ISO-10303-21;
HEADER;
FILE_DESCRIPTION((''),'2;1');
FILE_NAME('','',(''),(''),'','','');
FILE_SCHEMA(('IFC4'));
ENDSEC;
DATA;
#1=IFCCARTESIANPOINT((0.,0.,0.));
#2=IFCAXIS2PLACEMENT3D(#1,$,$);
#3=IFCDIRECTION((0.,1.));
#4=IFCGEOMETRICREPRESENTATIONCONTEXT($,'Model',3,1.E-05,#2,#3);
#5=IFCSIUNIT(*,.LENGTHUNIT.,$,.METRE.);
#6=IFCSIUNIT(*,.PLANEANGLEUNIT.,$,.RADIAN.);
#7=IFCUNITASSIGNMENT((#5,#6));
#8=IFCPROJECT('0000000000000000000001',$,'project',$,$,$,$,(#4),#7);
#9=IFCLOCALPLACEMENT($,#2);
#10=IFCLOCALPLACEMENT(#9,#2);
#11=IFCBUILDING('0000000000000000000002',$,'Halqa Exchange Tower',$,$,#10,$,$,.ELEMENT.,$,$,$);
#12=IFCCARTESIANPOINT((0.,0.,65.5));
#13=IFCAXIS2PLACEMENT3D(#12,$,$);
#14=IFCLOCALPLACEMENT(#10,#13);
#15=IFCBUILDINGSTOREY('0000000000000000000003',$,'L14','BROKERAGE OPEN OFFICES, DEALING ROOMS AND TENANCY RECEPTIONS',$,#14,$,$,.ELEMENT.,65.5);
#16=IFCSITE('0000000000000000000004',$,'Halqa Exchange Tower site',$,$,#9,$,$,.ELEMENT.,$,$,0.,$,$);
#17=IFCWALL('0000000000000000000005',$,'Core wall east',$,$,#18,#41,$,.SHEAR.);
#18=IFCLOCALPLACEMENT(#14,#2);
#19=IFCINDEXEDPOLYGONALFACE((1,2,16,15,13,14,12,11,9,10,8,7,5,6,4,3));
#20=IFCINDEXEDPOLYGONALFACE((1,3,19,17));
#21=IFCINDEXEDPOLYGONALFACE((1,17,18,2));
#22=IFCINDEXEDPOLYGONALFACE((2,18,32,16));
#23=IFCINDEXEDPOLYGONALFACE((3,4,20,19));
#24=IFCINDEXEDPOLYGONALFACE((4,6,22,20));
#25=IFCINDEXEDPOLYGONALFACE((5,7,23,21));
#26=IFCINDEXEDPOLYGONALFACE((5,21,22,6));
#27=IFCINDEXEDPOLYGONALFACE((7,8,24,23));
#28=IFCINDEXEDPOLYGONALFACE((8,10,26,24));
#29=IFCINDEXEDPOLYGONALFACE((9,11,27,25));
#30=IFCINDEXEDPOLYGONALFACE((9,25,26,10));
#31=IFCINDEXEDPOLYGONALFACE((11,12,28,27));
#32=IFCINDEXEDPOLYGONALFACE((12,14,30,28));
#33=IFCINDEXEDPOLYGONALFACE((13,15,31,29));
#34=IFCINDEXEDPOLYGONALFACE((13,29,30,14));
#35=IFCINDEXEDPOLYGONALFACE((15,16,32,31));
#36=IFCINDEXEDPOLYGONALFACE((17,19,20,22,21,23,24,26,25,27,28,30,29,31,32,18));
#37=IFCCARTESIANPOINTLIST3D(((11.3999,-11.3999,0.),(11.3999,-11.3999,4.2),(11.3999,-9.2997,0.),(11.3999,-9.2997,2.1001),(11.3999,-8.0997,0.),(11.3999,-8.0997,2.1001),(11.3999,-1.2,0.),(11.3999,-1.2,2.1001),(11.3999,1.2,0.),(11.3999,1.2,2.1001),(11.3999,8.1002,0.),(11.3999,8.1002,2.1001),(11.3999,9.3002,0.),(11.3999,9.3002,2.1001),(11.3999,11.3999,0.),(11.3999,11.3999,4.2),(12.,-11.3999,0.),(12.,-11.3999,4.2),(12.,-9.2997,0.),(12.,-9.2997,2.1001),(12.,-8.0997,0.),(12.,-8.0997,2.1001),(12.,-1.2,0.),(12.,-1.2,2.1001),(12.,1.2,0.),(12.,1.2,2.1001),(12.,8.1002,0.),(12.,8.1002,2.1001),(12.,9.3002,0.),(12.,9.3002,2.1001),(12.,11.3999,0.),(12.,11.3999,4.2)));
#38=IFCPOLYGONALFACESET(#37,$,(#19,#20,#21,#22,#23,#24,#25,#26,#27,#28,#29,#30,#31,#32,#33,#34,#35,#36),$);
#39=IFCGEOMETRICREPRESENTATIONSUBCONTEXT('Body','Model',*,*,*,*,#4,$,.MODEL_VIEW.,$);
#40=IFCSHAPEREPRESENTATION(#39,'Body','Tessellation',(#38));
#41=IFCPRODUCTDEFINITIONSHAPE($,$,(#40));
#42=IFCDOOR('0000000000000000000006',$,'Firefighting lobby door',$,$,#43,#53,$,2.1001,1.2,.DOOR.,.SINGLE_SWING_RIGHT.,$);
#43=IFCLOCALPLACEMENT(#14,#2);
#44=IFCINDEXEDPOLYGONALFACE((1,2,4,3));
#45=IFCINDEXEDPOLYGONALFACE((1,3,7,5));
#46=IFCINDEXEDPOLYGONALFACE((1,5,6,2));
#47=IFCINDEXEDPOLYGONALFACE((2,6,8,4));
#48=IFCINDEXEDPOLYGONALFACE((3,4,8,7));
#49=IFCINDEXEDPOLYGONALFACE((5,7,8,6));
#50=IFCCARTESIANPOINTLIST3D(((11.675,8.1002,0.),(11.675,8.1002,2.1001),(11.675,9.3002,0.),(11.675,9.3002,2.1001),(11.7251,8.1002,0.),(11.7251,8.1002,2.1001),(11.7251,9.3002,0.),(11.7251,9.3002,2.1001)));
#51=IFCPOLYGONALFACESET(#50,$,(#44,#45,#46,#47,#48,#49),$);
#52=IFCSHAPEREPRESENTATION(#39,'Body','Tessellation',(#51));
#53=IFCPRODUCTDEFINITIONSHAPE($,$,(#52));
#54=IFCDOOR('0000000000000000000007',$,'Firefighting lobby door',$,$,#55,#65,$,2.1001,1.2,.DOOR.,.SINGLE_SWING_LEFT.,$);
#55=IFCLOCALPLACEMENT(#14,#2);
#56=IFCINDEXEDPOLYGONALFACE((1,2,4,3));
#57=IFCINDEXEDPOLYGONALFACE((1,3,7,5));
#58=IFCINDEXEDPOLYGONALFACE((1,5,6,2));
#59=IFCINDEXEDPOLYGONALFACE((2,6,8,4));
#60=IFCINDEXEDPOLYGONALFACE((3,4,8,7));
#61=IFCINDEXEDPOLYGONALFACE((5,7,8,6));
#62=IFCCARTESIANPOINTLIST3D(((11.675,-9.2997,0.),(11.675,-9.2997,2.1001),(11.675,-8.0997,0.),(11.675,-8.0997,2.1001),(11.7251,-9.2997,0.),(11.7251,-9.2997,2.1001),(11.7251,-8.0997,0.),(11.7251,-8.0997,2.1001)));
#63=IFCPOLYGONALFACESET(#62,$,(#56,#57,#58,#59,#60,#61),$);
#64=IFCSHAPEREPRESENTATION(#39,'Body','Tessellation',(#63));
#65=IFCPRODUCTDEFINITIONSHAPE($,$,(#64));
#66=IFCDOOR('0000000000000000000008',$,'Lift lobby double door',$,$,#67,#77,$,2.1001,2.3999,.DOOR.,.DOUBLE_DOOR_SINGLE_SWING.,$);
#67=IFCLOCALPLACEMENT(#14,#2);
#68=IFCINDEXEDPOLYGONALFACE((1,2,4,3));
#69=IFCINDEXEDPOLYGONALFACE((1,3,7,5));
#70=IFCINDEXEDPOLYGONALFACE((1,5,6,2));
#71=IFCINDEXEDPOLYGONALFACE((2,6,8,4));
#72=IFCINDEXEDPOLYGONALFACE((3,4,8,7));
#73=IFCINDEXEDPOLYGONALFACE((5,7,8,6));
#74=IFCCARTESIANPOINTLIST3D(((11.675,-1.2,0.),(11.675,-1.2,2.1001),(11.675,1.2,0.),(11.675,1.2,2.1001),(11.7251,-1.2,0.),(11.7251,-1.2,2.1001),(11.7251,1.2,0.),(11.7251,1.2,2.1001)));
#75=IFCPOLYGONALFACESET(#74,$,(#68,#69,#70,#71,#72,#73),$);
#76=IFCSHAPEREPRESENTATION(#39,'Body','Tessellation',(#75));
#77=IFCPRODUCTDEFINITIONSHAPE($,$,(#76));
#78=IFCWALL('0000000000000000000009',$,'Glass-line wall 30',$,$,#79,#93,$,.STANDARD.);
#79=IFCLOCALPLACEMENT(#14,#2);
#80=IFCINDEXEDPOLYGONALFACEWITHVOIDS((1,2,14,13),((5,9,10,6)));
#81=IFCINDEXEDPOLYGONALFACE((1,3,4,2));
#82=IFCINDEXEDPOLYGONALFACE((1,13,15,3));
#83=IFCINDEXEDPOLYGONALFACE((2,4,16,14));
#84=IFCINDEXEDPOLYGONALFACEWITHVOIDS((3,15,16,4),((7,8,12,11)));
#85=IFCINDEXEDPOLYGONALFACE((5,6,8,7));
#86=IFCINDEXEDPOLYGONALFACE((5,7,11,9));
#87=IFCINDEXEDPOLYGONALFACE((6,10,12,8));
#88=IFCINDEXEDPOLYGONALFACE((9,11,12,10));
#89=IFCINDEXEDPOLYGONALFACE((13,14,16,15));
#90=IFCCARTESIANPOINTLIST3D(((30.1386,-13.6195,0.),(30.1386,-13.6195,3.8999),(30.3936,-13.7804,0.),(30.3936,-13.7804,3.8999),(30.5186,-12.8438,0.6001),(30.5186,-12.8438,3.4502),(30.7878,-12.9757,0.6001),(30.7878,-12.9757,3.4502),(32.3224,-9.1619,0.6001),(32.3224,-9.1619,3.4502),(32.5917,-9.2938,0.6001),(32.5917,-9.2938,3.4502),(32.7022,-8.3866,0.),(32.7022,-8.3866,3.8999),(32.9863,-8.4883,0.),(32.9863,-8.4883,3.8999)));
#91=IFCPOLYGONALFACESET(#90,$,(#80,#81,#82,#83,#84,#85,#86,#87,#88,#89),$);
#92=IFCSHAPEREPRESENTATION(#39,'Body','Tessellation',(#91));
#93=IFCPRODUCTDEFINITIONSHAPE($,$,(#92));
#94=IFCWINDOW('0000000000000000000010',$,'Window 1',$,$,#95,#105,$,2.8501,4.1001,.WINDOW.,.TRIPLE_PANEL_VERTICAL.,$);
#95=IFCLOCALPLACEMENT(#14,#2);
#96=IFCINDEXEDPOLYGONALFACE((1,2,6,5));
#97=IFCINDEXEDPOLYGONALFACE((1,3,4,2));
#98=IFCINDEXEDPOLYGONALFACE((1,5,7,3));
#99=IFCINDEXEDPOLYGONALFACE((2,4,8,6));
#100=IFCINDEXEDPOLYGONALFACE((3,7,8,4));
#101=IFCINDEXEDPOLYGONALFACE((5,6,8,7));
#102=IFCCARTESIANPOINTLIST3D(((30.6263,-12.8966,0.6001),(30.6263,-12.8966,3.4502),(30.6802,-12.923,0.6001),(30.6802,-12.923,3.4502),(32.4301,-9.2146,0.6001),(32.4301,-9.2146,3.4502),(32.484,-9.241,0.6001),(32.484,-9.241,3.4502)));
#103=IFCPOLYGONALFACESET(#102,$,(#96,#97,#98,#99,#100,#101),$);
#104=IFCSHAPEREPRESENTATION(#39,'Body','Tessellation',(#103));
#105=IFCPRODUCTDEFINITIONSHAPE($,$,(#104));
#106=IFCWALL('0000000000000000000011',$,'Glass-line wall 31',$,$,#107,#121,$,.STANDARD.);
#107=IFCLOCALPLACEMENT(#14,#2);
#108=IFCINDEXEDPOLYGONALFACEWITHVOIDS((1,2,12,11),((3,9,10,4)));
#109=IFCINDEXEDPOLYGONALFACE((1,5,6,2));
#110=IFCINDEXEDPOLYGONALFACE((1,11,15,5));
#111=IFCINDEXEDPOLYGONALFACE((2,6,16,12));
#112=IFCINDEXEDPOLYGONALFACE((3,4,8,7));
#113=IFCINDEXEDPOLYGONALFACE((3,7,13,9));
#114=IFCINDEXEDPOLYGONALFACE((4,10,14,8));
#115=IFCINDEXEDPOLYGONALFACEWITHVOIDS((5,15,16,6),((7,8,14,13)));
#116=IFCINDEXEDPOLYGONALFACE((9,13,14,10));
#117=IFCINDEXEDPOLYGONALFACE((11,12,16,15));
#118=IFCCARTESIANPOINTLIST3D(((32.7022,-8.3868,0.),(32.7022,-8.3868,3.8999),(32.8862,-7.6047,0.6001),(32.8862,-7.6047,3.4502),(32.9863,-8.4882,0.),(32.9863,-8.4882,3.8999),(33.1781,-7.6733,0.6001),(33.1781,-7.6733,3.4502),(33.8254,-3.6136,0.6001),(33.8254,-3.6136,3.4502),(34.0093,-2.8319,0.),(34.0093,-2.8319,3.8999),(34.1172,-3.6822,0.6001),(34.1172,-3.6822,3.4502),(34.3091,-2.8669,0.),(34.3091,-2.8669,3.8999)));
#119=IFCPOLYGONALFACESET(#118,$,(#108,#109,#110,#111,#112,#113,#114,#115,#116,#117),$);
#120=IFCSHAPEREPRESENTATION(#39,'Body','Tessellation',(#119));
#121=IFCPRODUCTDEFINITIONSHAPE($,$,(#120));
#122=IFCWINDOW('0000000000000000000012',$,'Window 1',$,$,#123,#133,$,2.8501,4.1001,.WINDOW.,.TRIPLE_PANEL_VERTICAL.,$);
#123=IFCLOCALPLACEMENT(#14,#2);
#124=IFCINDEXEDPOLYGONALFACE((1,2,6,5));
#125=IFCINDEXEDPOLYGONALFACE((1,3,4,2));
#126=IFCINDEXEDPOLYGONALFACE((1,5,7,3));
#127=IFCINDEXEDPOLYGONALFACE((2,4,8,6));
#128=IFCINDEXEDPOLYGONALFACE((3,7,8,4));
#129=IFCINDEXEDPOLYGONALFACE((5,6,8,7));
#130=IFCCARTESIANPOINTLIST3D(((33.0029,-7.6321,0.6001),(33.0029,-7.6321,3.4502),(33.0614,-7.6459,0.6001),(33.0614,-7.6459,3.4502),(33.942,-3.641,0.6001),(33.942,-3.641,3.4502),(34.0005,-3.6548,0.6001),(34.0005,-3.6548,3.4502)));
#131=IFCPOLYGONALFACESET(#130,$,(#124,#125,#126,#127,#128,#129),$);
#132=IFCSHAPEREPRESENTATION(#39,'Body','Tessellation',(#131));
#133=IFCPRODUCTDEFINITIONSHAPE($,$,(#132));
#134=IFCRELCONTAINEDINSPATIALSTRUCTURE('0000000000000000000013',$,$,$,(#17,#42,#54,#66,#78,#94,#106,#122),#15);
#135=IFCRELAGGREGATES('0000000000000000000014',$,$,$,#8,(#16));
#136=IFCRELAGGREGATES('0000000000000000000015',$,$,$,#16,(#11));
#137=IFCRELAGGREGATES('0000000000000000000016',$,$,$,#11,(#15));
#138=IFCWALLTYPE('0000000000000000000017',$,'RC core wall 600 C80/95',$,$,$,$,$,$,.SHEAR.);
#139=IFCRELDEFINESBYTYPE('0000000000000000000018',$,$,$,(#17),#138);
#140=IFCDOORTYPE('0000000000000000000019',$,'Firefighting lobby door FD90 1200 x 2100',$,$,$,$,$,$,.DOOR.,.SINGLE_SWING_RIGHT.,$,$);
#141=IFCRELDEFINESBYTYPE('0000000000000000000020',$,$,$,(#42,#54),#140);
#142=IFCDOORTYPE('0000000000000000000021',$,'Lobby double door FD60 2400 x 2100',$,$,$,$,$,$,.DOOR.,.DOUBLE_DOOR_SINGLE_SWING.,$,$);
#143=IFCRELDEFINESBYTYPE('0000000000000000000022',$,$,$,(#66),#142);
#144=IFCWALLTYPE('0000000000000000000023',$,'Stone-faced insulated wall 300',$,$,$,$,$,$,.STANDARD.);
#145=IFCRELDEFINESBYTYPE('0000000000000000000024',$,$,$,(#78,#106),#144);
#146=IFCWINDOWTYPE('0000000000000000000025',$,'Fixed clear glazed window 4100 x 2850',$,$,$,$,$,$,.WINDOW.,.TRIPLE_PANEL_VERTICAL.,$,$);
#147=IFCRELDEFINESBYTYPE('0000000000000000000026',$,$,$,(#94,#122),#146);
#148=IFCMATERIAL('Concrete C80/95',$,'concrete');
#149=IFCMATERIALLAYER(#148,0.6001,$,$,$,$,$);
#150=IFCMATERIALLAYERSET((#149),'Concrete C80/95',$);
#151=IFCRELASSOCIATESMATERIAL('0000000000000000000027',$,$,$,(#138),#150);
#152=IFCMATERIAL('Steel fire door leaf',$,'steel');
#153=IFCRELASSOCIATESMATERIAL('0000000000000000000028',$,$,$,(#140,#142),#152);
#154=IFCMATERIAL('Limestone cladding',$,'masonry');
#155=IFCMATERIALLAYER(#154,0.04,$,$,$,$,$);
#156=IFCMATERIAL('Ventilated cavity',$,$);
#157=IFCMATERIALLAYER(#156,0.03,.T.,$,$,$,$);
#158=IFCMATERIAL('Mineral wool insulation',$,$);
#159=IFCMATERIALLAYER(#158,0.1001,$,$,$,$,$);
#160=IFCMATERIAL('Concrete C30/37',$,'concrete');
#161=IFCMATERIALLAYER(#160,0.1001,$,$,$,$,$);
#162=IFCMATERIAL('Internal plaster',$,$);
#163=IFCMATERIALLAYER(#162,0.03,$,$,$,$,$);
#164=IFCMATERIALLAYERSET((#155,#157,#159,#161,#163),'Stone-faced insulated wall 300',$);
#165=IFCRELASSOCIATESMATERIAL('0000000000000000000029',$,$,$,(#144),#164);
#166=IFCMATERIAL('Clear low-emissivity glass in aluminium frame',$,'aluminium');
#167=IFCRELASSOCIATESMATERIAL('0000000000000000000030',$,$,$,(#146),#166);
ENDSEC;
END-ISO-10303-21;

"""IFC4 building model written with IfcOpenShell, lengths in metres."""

from ifc_helpers import new_model, si_unit, direction, frame, frame_2d, origin, place, context, subcontext, project, spatial, polyline, rectangle, outline, extrude, material, layer, layer_set, type_object, element, fill, save


model = new_model("IFC4")

# Units and contexts
model_context = context("Model", 3, precision=1e-05, world=origin(), true_north=direction((0.0, 1.0)))
body_context = subcontext(model_context, "Body", "Model", "MODEL_VIEW")
ifc_project = project(units=[si_unit("LENGTHUNIT", "METRE"), si_unit("PLANEANGLEUNIT", "RADIAN")], contexts=[model_context])

# Site, building, storey
site_placement = place(None, origin())
site = spatial("IfcSite", under=ifc_project, at=site_placement, Name="Halqa Exchange Tower site", CompositionType="ELEMENT", RefElevation=0.0)
building_placement = place(site_placement, origin())
building = spatial("IfcBuilding", under=site, at=building_placement, Name="Halqa Exchange Tower", CompositionType="ELEMENT")
storey_placement = place(building_placement, frame((0.0, 0.0, 65.5)))
storey = spatial("IfcBuildingStorey", under=building, at=storey_placement, Name="L14", Description="BROKERAGE OPEN OFFICES, DEALING ROOMS AND TENANCY RECEPTIONS", CompositionType="ELEMENT", Elevation=65.5)

# Shared definitions
ifc_material_1 = material(Name="Concrete C80/95", Category="concrete")

# Wall, openings, doors
ifc_layer_1 = layer(ifc_material_1, 0.6001)
ifc_layer_set_1 = layer_set([ifc_layer_1], Name="Concrete C80/95")
wall_type_1 = type_object("IfcWallType", Name="RC core wall 600 C80/95", PredefinedType="SHEAR", material=ifc_layer_set_1)
wall_1_placement = place(storey_placement, frame((11.7, -11.3999, 0.0), z_axis=(0.0, 0.0, 1.0), x_axis=(0.0, 1.0, 0.0)))
wall_1 = element("IfcWall", 1, at=wall_1_placement, inside=storey, type_object=wall_type_1, Name="Core wall east", PredefinedType="SHEAR", context=body_context, shape_type="SweptSolid", body=[
    extrude(rectangle(XDim=22.7998, YDim=0.6001, at=frame_2d((11.3999, 0.0))), origin(), (0.0, 0.0, 1.0), 4.2),
])
opening_1_placement = place(wall_1_placement, frame((10.2, 0.0, 0.0)))
opening_1 = element("IfcOpeningElement", 2, at=opening_1_placement, cuts=wall_1, PredefinedType="OPENING", context=body_context, shape_type="SweptSolid", body=[
    extrude(rectangle(XDim=2.3999, YDim=2.1001, at=frame_2d((1.2, 1.05))), frame((0.0, 0.312, 0.0), z_axis=(0.0, -1.0, 0.0), x_axis=(1.0, 0.0, 0.0)), (0.0, 0.0, 1.0), 0.624),
])
opening_2_placement = place(wall_1_placement, frame((19.5, 0.0, 0.0)))
opening_2 = element("IfcOpeningElement", 3, at=opening_2_placement, cuts=wall_1, PredefinedType="OPENING", context=body_context, shape_type="SweptSolid", body=[
    extrude(rectangle(XDim=1.2, YDim=2.1001, at=frame_2d((0.6001, 1.05))), frame((0.0, 0.312, 0.0), z_axis=(0.0, -1.0, 0.0), x_axis=(1.0, 0.0, 0.0)), (0.0, 0.0, 1.0), 0.624),
])
opening_3_placement = place(wall_1_placement, frame((2.1001, 0.0, 0.0)))
opening_3 = element("IfcOpeningElement", 4, at=opening_3_placement, cuts=wall_1, PredefinedType="OPENING", context=body_context, shape_type="SweptSolid", body=[
    extrude(rectangle(XDim=1.2, YDim=2.1001, at=frame_2d((0.6001, 1.05))), frame((0.0, 0.312, 0.0), z_axis=(0.0, -1.0, 0.0), x_axis=(1.0, 0.0, 0.0)), (0.0, 0.0, 1.0), 0.624),
])
ifc_material_2 = material(Name="Steel fire door leaf", Category="steel")
door_type_1 = type_object("IfcDoorType", Name="Firefighting lobby door FD90 1200 x 2100", OperationType="SINGLE_SWING_RIGHT", PredefinedType="DOOR", material=ifc_material_2)
door_1_placement = place(opening_2_placement, origin())
door_1 = element("IfcDoor", 5, at=door_1_placement, inside=storey, type_object=door_type_1, Name="Firefighting lobby door", OperationType="SINGLE_SWING_RIGHT", OverallHeight=2.1001, OverallWidth=1.2, PredefinedType="DOOR", context=body_context, shape_type="SweptSolid", body=[
    extrude(rectangle(XDim=1.2, YDim=2.1001, at=frame_2d((0.6001, 1.05))), frame((0.0, 0.0249, 0.0), z_axis=(0.0, -1.0, 0.0), x_axis=(1.0, 0.0, 0.0)), (0.0, 0.0, 1.0), 0.05),
])
fill(opening_2, door_1)
door_2_placement = place(opening_3_placement, origin())
door_2 = element("IfcDoor", 6, at=door_2_placement, inside=storey, type_object=door_type_1, Name="Firefighting lobby door", OperationType="SINGLE_SWING_LEFT", OverallHeight=2.1001, OverallWidth=1.2, PredefinedType="DOOR", context=body_context, shape_type="SweptSolid", body=[
    extrude(rectangle(XDim=1.2, YDim=2.1001, at=frame_2d((0.6001, 1.05))), frame((0.0, 0.0249, 0.0), z_axis=(0.0, -1.0, 0.0), x_axis=(1.0, 0.0, 0.0)), (0.0, 0.0, 1.0), 0.05),
])
fill(opening_3, door_2)
door_type_2 = type_object("IfcDoorType", Name="Lobby double door FD60 2400 x 2100", OperationType="DOUBLE_DOOR_SINGLE_SWING", PredefinedType="DOOR", material=ifc_material_2)
door_3_placement = place(opening_1_placement, origin())
door_3 = element("IfcDoor", 7, at=door_3_placement, inside=storey, type_object=door_type_2, Name="Lift lobby double door", OperationType="DOUBLE_DOOR_SINGLE_SWING", OverallHeight=2.1001, OverallWidth=2.3999, PredefinedType="DOOR", context=body_context, shape_type="SweptSolid", body=[
    extrude(rectangle(XDim=2.3999, YDim=2.1001, at=frame_2d((1.2, 1.05))), frame((0.0, 0.0249, 0.0), z_axis=(0.0, -1.0, 0.0), x_axis=(1.0, 0.0, 0.0)), (0.0, 0.0, 1.0), 0.05),
])
fill(opening_1, door_3)

# Walls, openings, windows
ifc_material_3 = material(Name="Limestone cladding", Category="masonry")
ifc_layer_2 = layer(ifc_material_3, 0.04)
ifc_material_4 = material(Name="Ventilated cavity")
ifc_layer_3 = layer(ifc_material_4, 0.03, ventilated=True)
ifc_material_5 = material(Name="Mineral wool insulation")
ifc_layer_4 = layer(ifc_material_5, 0.1001)
ifc_material_6 = material(Name="Concrete C30/37", Category="concrete")
ifc_layer_5 = layer(ifc_material_6, 0.1001)
ifc_material_7 = material(Name="Internal plaster")
ifc_layer_6 = layer(ifc_material_7, 0.03)
ifc_layer_set_2 = layer_set([ifc_layer_2, ifc_layer_3, ifc_layer_4, ifc_layer_5, ifc_layer_6], Name="Stone-faced insulated wall 300")
wall_type_2 = type_object("IfcWallType", Name="Stone-faced insulated wall 300", PredefinedType="STANDARD", material=ifc_layer_set_2)
wall_2_placement = place(storey_placement, frame((30.2661, -13.7, 0.0), z_axis=(0.0, 0.0, 1.0), x_axis=(0.43995, 0.898022, 0.0)))
wall_2 = element("IfcWall", 8, at=wall_2_placement, inside=storey, type_object=wall_type_2, Name="Glass-line wall 30", PredefinedType="STANDARD", context=body_context, shape_type="SweptSolid", body=[
    extrude(outline(polyline([(-0.0161, -0.1499), (5.877, -0.1499), (5.8433, 0.1499), (0.0161, 0.1499), (-0.0161, -0.1499)])), origin(), (0.0, 0.0, 1.0), 3.8999),
])
opening_4_placement = place(wall_2_placement, frame((0.8799, 0.0, 0.6001)))
opening_4 = element("IfcOpeningElement", 9, at=opening_4_placement, cuts=wall_2, PredefinedType="OPENING", context=body_context, shape_type="SweptSolid", body=[
    extrude(rectangle(XDim=4.1001, YDim=2.8501, at=frame_2d((2.05, 1.425))), frame((0.0, 0.1621, 0.0), z_axis=(0.0, -1.0, 0.0), x_axis=(1.0, 0.0, 0.0)), (0.0, 0.0, 1.0), 0.324),
])
ifc_material_8 = material(Name="Clear low-emissivity glass in aluminium frame", Category="aluminium")
window_type = type_object("IfcWindowType", Name="Fixed clear glazed window 4100 x 2850", PartitioningType="TRIPLE_PANEL_VERTICAL", PredefinedType="WINDOW", material=ifc_material_8)
window_1_placement = place(opening_4_placement, origin())
window_1 = element("IfcWindow", 10, at=window_1_placement, inside=storey, type_object=window_type, Name="Window 1", OverallHeight=2.8501, OverallWidth=4.1001, PartitioningType="TRIPLE_PANEL_VERTICAL", PredefinedType="WINDOW", context=body_context, shape_type="SweptSolid", body=[
    extrude(rectangle(XDim=4.1001, YDim=2.8501, at=frame_2d((2.05, 1.425))), frame((0.0, 0.03, 0.0), z_axis=(0.0, -1.0, 0.0), x_axis=(1.0, 0.0, 0.0)), (0.0, 0.0, 1.0), 0.0601),
])
fill(opening_4, window_1)
wall_3_placement = place(storey_placement, frame((32.8442, -8.4375, 0.0), z_axis=(0.0, 0.0, 1.0), x_axis=(0.229054, 0.973414, 0.0)))
wall_3 = element("IfcWall", 11, at=wall_3_placement, inside=storey, type_object=wall_type_2, Name="Glass-line wall 31", PredefinedType="STANDARD", context=body_context, shape_type="SweptSolid", body=[
    extrude(outline(polyline([(-0.0168, -0.1499), (5.7581, -0.1499), (5.7234, 0.1499), (0.0168, 0.1499), (-0.0168, -0.1499)])), origin(), (0.0, 0.0, 1.0), 3.8999),
])
opening_5_placement = place(wall_3_placement, frame((0.8203, 0.0, 0.6001)))
opening_5 = element("IfcOpeningElement", 12, at=opening_5_placement, cuts=wall_3, PredefinedType="OPENING", context=body_context, shape_type="SweptSolid", body=[
    extrude(rectangle(XDim=4.1001, YDim=2.8501, at=frame_2d((2.05, 1.425))), frame((0.0, 0.1621, 0.0), z_axis=(0.0, -1.0, 0.0), x_axis=(1.0, 0.0, 0.0)), (0.0, 0.0, 1.0), 0.324),
])
window_2_placement = place(opening_5_placement, origin())
window_2 = element("IfcWindow", 13, at=window_2_placement, inside=storey, type_object=window_type, Name="Window 1", OverallHeight=2.8501, OverallWidth=4.1001, PartitioningType="TRIPLE_PANEL_VERTICAL", PredefinedType="WINDOW", context=body_context, shape_type="SweptSolid", body=[
    extrude(rectangle(XDim=4.1001, YDim=2.8501, at=frame_2d((2.05, 1.425))), frame((0.0, 0.03, 0.0), z_axis=(0.0, -1.0, 0.0), x_axis=(1.0, 0.0, 0.0)), (0.0, 0.0, 1.0), 0.0601),
])
fill(opening_5, window_2)

save(model, "model.ifc")
